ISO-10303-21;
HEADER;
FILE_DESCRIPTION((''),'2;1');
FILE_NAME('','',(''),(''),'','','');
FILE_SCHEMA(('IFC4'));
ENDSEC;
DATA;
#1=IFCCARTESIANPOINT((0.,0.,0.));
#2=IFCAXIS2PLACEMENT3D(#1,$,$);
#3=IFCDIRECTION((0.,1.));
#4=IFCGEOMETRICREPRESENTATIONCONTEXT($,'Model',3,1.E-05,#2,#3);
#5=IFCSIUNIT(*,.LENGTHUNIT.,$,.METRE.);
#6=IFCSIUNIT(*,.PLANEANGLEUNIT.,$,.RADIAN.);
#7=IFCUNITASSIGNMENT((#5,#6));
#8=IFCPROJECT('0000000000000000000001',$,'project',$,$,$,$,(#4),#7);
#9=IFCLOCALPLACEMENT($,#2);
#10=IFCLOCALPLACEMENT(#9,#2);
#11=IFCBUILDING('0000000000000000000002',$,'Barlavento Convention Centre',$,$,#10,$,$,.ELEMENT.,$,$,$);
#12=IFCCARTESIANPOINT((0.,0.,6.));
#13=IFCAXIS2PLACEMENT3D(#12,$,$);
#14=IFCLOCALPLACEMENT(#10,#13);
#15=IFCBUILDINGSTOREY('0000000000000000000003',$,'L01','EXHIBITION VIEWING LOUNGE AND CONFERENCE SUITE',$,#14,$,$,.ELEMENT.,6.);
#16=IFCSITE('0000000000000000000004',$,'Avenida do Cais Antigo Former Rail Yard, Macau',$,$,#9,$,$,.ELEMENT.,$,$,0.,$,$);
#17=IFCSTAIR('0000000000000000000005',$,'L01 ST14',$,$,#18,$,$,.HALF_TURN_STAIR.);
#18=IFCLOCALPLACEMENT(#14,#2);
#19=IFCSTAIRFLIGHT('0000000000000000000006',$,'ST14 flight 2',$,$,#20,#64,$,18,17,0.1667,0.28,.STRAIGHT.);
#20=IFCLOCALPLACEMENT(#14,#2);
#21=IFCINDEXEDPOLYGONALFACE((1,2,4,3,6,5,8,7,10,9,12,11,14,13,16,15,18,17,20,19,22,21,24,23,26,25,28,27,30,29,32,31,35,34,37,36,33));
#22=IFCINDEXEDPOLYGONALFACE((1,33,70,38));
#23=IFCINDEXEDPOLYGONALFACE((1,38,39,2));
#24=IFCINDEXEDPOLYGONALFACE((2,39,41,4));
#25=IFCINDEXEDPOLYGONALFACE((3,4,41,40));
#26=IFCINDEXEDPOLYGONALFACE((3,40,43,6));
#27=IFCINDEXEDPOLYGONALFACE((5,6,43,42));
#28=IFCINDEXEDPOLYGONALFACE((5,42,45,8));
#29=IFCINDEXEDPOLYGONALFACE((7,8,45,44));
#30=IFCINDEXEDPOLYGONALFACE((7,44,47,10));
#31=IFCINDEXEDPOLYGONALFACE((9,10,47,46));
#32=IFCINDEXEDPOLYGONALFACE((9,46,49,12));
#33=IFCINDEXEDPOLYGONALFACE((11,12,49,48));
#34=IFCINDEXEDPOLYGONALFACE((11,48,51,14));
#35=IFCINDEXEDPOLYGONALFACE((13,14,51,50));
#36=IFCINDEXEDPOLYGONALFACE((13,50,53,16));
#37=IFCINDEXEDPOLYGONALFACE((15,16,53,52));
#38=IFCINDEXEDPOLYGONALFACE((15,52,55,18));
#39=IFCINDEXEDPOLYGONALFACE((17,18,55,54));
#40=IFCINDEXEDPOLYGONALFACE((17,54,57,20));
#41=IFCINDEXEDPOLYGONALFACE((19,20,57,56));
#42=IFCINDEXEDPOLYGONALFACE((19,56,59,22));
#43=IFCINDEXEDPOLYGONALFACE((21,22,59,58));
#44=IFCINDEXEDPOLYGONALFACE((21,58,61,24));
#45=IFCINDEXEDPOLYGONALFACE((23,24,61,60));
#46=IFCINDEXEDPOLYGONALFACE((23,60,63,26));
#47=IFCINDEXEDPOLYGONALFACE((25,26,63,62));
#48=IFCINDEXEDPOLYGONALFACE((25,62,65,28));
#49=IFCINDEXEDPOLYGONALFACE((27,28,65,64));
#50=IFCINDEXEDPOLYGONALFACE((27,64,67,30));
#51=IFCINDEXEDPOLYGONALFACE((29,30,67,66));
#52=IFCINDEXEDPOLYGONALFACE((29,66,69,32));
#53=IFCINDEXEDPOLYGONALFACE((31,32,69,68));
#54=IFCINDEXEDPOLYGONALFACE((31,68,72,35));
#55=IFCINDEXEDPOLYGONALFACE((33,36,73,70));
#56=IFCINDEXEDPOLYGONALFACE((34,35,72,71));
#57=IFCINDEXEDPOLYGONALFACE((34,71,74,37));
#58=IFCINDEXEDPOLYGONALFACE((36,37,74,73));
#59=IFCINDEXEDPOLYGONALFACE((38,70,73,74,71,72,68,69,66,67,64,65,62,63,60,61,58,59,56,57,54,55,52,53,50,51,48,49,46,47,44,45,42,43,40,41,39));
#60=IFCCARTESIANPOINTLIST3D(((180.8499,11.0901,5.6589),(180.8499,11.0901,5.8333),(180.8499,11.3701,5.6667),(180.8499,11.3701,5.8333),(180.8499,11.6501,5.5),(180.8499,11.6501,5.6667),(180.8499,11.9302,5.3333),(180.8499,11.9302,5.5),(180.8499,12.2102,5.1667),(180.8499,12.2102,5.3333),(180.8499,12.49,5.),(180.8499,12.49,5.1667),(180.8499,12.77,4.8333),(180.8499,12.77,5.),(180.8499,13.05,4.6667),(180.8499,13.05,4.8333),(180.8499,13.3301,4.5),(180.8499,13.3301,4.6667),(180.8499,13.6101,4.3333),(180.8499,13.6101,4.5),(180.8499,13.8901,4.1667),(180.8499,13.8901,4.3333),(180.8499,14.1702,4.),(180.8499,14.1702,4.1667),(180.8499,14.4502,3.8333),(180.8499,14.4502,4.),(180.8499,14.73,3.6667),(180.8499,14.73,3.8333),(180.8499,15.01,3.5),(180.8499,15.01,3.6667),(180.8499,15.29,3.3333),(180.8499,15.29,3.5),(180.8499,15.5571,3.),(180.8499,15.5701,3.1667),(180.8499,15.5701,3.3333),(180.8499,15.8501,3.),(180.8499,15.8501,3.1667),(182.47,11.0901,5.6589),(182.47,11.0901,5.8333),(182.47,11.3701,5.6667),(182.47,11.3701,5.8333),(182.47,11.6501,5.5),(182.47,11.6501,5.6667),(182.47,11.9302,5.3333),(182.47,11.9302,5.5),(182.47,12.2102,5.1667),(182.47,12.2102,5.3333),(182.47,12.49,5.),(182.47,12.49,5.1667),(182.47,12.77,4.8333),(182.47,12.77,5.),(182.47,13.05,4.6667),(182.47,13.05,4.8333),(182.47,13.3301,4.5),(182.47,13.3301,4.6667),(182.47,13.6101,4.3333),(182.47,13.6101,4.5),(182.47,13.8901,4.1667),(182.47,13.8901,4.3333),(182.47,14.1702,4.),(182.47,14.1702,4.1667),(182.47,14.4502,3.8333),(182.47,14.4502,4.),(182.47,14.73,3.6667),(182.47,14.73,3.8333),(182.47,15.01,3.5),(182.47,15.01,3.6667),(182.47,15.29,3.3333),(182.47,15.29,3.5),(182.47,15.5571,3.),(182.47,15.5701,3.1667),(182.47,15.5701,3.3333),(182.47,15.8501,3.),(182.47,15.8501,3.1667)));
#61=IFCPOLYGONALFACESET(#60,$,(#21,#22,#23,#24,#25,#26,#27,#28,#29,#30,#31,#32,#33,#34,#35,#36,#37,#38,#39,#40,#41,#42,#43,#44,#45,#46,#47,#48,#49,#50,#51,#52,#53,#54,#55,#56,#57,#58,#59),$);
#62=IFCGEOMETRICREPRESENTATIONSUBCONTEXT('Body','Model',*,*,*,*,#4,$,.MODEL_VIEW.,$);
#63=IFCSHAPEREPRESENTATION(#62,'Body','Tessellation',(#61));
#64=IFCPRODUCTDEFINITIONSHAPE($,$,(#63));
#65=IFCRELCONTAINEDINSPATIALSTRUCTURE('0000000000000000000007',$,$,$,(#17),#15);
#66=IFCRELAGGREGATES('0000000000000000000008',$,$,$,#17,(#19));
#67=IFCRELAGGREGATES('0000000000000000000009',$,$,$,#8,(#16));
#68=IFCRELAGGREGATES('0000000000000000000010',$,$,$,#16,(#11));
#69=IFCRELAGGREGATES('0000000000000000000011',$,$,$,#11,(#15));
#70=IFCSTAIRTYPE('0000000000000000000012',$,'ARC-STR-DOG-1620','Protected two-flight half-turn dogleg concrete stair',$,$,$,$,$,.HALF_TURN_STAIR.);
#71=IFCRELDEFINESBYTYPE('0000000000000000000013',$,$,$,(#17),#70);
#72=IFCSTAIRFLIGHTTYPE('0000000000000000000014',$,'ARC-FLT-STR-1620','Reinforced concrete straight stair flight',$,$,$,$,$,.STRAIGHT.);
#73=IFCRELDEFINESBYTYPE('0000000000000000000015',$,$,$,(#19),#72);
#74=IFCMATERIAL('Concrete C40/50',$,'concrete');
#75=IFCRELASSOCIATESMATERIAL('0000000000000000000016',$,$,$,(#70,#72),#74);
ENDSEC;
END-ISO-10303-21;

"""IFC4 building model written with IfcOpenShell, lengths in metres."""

from ifc_helpers import new_model, si_unit, direction, frame, origin, place, context, subcontext, project, spatial, polyline, outline, extrude, material, type_object, element, aggregate, save


model = new_model("IFC4")

# Units and contexts
model_context = context("Model", 3, precision=1e-05, world=origin(), true_north=direction((0.0, 1.0)))
body_context = subcontext(model_context, "Body", "Model", "MODEL_VIEW")
ifc_project = project(units=[si_unit("LENGTHUNIT", "METRE"), si_unit("PLANEANGLEUNIT", "RADIAN")], contexts=[model_context])

# Site, building, storey
site_placement = place(None, origin())
site = spatial("IfcSite", under=ifc_project, at=site_placement, Name="Avenida do Cais Antigo Former Rail Yard, Macau", CompositionType="ELEMENT", RefElevation=0.0)
building_placement = place(site_placement, origin())
building = spatial("IfcBuilding", under=site, at=building_placement, Name="Barlavento Convention Centre", CompositionType="ELEMENT")
storey_placement = place(building_placement, frame((0.0, 0.0, 6.0)))
storey = spatial("IfcBuildingStorey", under=building, at=storey_placement, Name="L01", Description="EXHIBITION VIEWING LOUNGE AND CONFERENCE SUITE", CompositionType="ELEMENT", Elevation=6.0)

# Stair, stair flight
ifc_material_1 = material(Name="Concrete C40/50", Category="concrete")
stair_type = type_object("IfcStairType", Name="ARC-STR-DOG-1620", Description="Protected two-flight half-turn dogleg concrete stair", PredefinedType="HALF_TURN_STAIR", material=ifc_material_1)
stair_placement = place(storey_placement, origin())
stair = element("IfcStair", 1, at=stair_placement, inside=storey, type_object=stair_type, Name="L01 ST14", PredefinedType="HALF_TURN_STAIR")
stair_flight_type = type_object("IfcStairFlightType", Name="ARC-FLT-STR-1620", Description="Reinforced concrete straight stair flight", PredefinedType="STRAIGHT", material=ifc_material_1)
stair_flight_1_placement = place(storey_placement, frame((181.6599, 15.8501, 3.0), z_axis=(0.0, 0.0, 1.0), x_axis=(0.0, -1.0, 0.0)))
stair_flight_1 = element("IfcStairFlight", 2, at=stair_flight_1_placement, type_object=stair_flight_type, Name="ST14 flight 2", NumberOfRisers=18, NumberOfTreads=17, PredefinedType="STRAIGHT", RiserHeight=0.1667, TreadLength=0.28, context=body_context, shape_type="SweptSolid", body=[
    extrude(outline(polyline([(0.0, 0.0), (0.0, 0.1667), (0.28, 0.1667), (0.28, 0.3333), (0.5601, 0.3333), (0.5601, 0.5), (0.8401, 0.5), (0.8401, 0.6667), (1.1201, 0.6667), (1.1201, 0.8333), (1.3999, 0.8333), (1.3999, 1.0), (1.6799, 1.0), (1.6799, 1.1667), (1.96, 1.1667), (1.96, 1.3333), (2.24, 1.3333), (2.24, 1.5), (2.52, 1.5), (2.52, 1.6667), (2.8, 1.6667), (2.8, 1.8333), (3.0801, 1.8333), (3.0801, 2.0), (3.3601, 2.0), (3.3601, 2.1667), (3.6399, 2.1667), (3.6399, 2.3333), (3.9199, 2.3333), (3.9199, 2.5), (4.2, 2.5), (4.2, 2.6667), (4.48, 2.6667), (4.48, 2.8333), (4.76, 2.8333), (4.76, 3.0), (4.76, 2.6589), (0.293, 0.0), (0.0, 0.0)])), frame((0.0, 0.8101, 0.0), z_axis=(0.0, -1.0, 0.0), x_axis=(1.0, 0.0, 0.0)), (0.0, 0.0, 1.0), 1.6201),
])
aggregate(stair, [stair_flight_1])

save(model, "model.ifc")
